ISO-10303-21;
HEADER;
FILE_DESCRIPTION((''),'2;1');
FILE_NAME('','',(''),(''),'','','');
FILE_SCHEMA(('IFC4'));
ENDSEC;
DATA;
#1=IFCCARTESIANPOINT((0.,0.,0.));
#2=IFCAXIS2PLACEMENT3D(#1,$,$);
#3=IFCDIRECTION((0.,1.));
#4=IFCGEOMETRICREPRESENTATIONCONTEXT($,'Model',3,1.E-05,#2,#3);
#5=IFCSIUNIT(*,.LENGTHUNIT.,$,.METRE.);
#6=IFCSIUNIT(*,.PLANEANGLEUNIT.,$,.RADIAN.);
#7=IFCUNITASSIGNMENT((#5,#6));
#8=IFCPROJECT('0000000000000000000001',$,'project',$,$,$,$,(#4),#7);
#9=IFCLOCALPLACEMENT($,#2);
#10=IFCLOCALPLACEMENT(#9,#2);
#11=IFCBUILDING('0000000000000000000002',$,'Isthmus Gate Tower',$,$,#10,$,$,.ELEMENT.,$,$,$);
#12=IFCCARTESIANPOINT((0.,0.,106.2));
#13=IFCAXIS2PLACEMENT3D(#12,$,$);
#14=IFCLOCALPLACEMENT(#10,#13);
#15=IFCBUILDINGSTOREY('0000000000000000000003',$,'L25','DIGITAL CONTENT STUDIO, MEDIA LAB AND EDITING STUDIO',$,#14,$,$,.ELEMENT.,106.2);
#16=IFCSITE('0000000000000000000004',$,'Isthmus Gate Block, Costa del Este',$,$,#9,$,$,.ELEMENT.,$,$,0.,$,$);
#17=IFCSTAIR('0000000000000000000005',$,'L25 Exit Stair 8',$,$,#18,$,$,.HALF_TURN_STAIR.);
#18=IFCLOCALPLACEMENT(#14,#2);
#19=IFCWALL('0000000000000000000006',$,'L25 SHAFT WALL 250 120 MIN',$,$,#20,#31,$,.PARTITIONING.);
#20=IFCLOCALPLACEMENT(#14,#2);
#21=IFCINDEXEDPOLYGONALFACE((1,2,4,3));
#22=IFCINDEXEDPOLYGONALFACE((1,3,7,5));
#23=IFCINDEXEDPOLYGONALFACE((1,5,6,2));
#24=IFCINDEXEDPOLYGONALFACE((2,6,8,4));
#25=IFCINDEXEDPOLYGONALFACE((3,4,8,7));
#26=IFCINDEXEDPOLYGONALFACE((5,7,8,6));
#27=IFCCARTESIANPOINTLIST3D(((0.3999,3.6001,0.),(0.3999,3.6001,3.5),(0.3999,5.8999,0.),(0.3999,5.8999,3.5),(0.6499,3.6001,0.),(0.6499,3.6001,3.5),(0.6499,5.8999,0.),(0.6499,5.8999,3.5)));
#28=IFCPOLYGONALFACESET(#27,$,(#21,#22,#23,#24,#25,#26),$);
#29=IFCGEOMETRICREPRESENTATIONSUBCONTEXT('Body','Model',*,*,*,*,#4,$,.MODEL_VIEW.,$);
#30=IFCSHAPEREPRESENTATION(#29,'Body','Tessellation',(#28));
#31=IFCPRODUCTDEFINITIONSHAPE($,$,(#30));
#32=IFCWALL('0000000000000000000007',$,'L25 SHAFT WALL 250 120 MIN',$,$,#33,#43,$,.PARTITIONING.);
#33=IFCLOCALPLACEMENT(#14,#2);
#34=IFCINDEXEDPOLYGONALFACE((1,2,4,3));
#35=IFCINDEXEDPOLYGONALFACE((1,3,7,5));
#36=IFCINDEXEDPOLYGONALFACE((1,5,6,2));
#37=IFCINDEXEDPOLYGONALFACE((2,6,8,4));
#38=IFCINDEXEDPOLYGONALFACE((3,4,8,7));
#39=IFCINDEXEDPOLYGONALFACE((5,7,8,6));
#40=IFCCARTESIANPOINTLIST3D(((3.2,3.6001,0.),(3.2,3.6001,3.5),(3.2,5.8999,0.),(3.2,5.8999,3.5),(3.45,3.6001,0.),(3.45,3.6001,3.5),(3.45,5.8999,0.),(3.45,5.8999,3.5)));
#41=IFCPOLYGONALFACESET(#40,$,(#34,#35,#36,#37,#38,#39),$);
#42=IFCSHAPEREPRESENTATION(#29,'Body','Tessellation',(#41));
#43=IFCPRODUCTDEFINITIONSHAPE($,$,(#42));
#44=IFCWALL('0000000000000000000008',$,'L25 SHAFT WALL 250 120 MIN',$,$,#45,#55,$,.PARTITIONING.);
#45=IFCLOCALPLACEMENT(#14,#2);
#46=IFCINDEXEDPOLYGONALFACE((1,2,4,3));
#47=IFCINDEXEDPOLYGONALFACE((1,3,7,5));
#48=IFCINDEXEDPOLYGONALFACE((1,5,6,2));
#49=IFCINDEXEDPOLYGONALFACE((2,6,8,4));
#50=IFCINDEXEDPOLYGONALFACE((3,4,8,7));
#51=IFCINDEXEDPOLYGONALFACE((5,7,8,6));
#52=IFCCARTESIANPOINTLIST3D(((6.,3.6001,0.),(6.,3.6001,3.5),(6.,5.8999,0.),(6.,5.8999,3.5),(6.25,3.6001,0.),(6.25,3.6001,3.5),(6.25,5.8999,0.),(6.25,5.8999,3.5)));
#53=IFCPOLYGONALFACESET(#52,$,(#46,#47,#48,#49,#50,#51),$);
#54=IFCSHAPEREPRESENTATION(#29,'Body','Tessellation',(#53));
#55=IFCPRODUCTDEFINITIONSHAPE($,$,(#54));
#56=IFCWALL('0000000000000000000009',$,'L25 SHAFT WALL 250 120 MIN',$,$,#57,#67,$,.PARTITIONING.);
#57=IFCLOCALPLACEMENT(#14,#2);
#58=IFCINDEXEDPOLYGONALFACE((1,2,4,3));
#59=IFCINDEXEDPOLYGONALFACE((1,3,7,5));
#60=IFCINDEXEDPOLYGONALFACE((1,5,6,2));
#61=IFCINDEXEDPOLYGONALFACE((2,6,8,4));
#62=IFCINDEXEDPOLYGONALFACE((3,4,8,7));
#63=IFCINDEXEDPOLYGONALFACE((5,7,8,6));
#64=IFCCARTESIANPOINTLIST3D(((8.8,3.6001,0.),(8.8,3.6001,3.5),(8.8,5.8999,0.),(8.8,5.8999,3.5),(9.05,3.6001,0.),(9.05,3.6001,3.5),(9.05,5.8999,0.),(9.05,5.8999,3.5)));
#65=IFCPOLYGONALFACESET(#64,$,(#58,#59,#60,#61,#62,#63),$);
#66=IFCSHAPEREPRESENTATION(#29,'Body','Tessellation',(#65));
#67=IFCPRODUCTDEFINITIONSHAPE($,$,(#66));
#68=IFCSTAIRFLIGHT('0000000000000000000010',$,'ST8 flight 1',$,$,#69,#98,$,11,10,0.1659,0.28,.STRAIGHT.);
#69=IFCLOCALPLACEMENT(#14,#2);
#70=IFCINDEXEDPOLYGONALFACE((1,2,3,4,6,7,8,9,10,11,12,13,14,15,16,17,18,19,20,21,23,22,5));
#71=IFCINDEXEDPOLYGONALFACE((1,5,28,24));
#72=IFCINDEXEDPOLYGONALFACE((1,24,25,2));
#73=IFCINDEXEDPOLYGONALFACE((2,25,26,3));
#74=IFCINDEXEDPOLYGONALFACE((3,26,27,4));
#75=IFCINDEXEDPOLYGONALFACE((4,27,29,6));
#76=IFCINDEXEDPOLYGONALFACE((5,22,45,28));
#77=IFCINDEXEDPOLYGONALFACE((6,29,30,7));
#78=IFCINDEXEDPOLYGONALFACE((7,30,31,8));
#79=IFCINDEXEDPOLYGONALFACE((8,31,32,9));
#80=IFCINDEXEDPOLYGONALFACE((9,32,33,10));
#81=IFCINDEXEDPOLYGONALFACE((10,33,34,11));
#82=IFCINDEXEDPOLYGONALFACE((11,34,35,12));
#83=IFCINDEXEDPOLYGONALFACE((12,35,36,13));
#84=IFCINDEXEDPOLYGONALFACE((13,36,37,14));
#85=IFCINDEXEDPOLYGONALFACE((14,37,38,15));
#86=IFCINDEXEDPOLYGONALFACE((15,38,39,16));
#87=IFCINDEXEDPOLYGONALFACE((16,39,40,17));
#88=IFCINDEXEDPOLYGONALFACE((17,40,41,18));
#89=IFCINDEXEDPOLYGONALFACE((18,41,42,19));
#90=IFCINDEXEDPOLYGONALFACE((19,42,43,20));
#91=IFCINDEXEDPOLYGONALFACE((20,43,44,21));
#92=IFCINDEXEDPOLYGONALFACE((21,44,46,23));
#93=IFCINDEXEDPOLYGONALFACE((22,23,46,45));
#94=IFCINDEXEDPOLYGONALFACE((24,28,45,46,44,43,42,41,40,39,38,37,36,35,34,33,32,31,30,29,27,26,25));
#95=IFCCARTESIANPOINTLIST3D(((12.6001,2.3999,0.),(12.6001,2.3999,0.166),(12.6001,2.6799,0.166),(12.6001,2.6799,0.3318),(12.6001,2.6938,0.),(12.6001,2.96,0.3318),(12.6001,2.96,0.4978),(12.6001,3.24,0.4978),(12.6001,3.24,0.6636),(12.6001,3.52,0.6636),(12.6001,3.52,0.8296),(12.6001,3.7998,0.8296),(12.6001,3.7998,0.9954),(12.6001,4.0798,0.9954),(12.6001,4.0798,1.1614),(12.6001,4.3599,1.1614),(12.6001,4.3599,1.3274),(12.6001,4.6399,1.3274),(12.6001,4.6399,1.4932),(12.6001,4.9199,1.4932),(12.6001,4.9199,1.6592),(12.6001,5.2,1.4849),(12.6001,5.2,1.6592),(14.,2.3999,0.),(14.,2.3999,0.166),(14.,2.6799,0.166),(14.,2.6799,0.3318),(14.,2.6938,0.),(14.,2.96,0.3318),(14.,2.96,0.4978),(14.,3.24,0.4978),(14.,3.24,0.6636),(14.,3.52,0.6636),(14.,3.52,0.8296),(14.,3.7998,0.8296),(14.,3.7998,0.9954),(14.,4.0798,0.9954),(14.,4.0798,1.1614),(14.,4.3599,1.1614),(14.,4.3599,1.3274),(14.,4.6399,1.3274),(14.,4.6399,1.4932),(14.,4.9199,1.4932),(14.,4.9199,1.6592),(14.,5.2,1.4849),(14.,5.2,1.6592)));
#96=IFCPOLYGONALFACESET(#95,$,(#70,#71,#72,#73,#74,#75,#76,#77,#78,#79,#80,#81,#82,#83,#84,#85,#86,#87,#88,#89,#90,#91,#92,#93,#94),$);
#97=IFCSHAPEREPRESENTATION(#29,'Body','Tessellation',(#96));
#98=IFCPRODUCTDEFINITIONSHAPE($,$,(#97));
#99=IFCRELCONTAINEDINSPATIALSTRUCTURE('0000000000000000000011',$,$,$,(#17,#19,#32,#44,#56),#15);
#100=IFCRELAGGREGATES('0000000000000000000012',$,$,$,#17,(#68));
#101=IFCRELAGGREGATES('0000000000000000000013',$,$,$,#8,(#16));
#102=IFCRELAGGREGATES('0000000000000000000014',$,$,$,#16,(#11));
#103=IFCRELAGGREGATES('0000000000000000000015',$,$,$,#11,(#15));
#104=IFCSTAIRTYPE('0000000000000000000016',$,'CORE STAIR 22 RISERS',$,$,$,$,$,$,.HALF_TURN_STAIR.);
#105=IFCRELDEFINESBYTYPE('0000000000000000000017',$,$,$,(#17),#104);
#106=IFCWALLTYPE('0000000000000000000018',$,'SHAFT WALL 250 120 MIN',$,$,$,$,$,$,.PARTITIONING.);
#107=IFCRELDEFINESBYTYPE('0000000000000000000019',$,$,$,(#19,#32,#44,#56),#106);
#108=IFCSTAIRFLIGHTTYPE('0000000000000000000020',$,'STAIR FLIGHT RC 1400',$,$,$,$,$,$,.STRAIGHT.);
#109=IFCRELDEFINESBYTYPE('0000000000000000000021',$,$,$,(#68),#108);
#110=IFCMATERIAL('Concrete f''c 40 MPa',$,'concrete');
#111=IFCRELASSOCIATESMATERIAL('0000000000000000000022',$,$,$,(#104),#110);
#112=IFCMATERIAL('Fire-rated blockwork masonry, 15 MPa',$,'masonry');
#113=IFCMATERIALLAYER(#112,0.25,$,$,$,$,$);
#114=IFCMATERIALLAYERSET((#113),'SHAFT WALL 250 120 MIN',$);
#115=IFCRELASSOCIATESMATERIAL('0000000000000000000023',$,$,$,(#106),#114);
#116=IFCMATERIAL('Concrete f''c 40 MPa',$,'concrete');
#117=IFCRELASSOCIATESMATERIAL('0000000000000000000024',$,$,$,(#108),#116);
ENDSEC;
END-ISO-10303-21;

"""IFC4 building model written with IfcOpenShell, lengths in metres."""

from ifc_helpers import new_model, si_unit, direction, frame, frame_2d, origin, place, context, subcontext, project, spatial, polyline, rectangle, outline, extrude, material, layer, layer_set, type_object, element, aggregate, save


model = new_model("IFC4")

# Units and contexts
model_context = context("Model", 3, precision=1e-05, world=origin(), true_north=direction((0.0, 1.0)))
body_context = subcontext(model_context, "Body", "Model", "MODEL_VIEW")
ifc_project = project(units=[si_unit("LENGTHUNIT", "METRE"), si_unit("PLANEANGLEUNIT", "RADIAN")], contexts=[model_context])

# Site, building, storey
site_placement = place(None, origin())
site = spatial("IfcSite", under=ifc_project, at=site_placement, Name="Isthmus Gate Block, Costa del Este", CompositionType="ELEMENT", RefElevation=0.0)
building_placement = place(site_placement, origin())
building = spatial("IfcBuilding", under=site, at=building_placement, Name="Isthmus Gate Tower", CompositionType="ELEMENT")
storey_placement = place(building_placement, frame((0.0, 0.0, 106.2)))
storey = spatial("IfcBuildingStorey", under=building, at=storey_placement, Name="L25", Description="DIGITAL CONTENT STUDIO, MEDIA LAB AND EDITING STUDIO", CompositionType="ELEMENT", Elevation=106.2)

# Stair
ifc_material_1 = material(Name="Concrete f'c 40 MPa", Category="concrete")
stair_type = type_object("IfcStairType", Name="CORE STAIR 22 RISERS", PredefinedType="HALF_TURN_STAIR", material=ifc_material_1)
stair_1_placement = place(storey_placement, origin())
stair_1 = element("IfcStair", 1, at=stair_1_placement, inside=storey, type_object=stair_type, Name="L25 Exit Stair 8", PredefinedType="HALF_TURN_STAIR")

# Walls
ifc_material_2 = material(Name="Fire-rated blockwork masonry, 15 MPa", Category="masonry")
ifc_layer_1 = layer(ifc_material_2, 0.25)
ifc_layer_set_1 = layer_set([ifc_layer_1], Name="SHAFT WALL 250 120 MIN")
wall_type_1 = type_object("IfcWallType", Name="SHAFT WALL 250 120 MIN", PredefinedType="PARTITIONING", material=ifc_layer_set_1)
for number, where, z_axis, x_axis, name in (
    (2, (0.5249, 3.6001, 0.0), (0.0, 0.0, 1.0), (0.0, 1.0, 0.0), "L25 SHAFT WALL 250 120 MIN"),
    (3, (3.325, 3.6001, 0.0), (0.0, 0.0, 1.0), (0.0, 1.0, 0.0), "L25 SHAFT WALL 250 120 MIN"),
    (4, (6.125, 3.6001, 0.0), (0.0, 0.0, 1.0), (0.0, 1.0, 0.0), "L25 SHAFT WALL 250 120 MIN"),
    (5, (8.925, 3.6001, 0.0), (0.0, 0.0, 1.0), (0.0, 1.0, 0.0), "L25 SHAFT WALL 250 120 MIN"),
):
    element("IfcWall", number, at=place(storey_placement, frame(where, z_axis=z_axis, x_axis=x_axis)), inside=storey, type_object=wall_type_1, Name=name, PredefinedType="PARTITIONING", context=body_context, shape_type="SweptSolid", body=[
        extrude(rectangle(XDim=2.2998, YDim=0.25, at=frame_2d((1.1499, 0.0))), origin(), (0.0, 0.0, 1.0), 3.5),
    ])

# Stair flight
ifc_material_3 = material(Name="Concrete f'c 40 MPa", Category="concrete")
stair_flight_type = type_object("IfcStairFlightType", Name="STAIR FLIGHT RC 1400", PredefinedType="STRAIGHT", material=ifc_material_3)
stair_flight_placement = place(storey_placement, frame((13.3, 2.3999, 0.0), z_axis=(0.0, 0.0, 1.0), x_axis=(0.0, 1.0, 0.0)))
stair_flight = element("IfcStairFlight", 6, at=stair_flight_placement, type_object=stair_flight_type, Name="ST8 flight 1", NumberOfRisers=11, NumberOfTreads=10, PredefinedType="STRAIGHT", RiserHeight=0.1659, TreadLength=0.28, context=body_context, shape_type="SweptSolid", body=[
    extrude(outline(polyline([(0.0, 0.0), (0.0, 0.166), (0.28, 0.166), (0.28, 0.3318), (0.5601, 0.3318), (0.5601, 0.4978), (0.8401, 0.4978), (0.8401, 0.6636), (1.1201, 0.6636), (1.1201, 0.8296), (1.3999, 0.8296), (1.3999, 0.9954), (1.6799, 0.9954), (1.6799, 1.1614), (1.96, 1.1614), (1.96, 1.3274), (2.24, 1.3274), (2.24, 1.4932), (2.52, 1.4932), (2.52, 1.6592), (2.8, 1.6592), (2.8, 1.825), (2.8, 1.4849), (0.2939, 0.0), (0.0, 0.0)])), frame((0.0, 0.7, 0.0), z_axis=(0.0, -1.0, 0.0), x_axis=(1.0, 0.0, 0.0)), (0.0, 0.0, 1.0), 1.3999),
])
aggregate(stair_1, [stair_flight])

save(model, "model.ifc")
